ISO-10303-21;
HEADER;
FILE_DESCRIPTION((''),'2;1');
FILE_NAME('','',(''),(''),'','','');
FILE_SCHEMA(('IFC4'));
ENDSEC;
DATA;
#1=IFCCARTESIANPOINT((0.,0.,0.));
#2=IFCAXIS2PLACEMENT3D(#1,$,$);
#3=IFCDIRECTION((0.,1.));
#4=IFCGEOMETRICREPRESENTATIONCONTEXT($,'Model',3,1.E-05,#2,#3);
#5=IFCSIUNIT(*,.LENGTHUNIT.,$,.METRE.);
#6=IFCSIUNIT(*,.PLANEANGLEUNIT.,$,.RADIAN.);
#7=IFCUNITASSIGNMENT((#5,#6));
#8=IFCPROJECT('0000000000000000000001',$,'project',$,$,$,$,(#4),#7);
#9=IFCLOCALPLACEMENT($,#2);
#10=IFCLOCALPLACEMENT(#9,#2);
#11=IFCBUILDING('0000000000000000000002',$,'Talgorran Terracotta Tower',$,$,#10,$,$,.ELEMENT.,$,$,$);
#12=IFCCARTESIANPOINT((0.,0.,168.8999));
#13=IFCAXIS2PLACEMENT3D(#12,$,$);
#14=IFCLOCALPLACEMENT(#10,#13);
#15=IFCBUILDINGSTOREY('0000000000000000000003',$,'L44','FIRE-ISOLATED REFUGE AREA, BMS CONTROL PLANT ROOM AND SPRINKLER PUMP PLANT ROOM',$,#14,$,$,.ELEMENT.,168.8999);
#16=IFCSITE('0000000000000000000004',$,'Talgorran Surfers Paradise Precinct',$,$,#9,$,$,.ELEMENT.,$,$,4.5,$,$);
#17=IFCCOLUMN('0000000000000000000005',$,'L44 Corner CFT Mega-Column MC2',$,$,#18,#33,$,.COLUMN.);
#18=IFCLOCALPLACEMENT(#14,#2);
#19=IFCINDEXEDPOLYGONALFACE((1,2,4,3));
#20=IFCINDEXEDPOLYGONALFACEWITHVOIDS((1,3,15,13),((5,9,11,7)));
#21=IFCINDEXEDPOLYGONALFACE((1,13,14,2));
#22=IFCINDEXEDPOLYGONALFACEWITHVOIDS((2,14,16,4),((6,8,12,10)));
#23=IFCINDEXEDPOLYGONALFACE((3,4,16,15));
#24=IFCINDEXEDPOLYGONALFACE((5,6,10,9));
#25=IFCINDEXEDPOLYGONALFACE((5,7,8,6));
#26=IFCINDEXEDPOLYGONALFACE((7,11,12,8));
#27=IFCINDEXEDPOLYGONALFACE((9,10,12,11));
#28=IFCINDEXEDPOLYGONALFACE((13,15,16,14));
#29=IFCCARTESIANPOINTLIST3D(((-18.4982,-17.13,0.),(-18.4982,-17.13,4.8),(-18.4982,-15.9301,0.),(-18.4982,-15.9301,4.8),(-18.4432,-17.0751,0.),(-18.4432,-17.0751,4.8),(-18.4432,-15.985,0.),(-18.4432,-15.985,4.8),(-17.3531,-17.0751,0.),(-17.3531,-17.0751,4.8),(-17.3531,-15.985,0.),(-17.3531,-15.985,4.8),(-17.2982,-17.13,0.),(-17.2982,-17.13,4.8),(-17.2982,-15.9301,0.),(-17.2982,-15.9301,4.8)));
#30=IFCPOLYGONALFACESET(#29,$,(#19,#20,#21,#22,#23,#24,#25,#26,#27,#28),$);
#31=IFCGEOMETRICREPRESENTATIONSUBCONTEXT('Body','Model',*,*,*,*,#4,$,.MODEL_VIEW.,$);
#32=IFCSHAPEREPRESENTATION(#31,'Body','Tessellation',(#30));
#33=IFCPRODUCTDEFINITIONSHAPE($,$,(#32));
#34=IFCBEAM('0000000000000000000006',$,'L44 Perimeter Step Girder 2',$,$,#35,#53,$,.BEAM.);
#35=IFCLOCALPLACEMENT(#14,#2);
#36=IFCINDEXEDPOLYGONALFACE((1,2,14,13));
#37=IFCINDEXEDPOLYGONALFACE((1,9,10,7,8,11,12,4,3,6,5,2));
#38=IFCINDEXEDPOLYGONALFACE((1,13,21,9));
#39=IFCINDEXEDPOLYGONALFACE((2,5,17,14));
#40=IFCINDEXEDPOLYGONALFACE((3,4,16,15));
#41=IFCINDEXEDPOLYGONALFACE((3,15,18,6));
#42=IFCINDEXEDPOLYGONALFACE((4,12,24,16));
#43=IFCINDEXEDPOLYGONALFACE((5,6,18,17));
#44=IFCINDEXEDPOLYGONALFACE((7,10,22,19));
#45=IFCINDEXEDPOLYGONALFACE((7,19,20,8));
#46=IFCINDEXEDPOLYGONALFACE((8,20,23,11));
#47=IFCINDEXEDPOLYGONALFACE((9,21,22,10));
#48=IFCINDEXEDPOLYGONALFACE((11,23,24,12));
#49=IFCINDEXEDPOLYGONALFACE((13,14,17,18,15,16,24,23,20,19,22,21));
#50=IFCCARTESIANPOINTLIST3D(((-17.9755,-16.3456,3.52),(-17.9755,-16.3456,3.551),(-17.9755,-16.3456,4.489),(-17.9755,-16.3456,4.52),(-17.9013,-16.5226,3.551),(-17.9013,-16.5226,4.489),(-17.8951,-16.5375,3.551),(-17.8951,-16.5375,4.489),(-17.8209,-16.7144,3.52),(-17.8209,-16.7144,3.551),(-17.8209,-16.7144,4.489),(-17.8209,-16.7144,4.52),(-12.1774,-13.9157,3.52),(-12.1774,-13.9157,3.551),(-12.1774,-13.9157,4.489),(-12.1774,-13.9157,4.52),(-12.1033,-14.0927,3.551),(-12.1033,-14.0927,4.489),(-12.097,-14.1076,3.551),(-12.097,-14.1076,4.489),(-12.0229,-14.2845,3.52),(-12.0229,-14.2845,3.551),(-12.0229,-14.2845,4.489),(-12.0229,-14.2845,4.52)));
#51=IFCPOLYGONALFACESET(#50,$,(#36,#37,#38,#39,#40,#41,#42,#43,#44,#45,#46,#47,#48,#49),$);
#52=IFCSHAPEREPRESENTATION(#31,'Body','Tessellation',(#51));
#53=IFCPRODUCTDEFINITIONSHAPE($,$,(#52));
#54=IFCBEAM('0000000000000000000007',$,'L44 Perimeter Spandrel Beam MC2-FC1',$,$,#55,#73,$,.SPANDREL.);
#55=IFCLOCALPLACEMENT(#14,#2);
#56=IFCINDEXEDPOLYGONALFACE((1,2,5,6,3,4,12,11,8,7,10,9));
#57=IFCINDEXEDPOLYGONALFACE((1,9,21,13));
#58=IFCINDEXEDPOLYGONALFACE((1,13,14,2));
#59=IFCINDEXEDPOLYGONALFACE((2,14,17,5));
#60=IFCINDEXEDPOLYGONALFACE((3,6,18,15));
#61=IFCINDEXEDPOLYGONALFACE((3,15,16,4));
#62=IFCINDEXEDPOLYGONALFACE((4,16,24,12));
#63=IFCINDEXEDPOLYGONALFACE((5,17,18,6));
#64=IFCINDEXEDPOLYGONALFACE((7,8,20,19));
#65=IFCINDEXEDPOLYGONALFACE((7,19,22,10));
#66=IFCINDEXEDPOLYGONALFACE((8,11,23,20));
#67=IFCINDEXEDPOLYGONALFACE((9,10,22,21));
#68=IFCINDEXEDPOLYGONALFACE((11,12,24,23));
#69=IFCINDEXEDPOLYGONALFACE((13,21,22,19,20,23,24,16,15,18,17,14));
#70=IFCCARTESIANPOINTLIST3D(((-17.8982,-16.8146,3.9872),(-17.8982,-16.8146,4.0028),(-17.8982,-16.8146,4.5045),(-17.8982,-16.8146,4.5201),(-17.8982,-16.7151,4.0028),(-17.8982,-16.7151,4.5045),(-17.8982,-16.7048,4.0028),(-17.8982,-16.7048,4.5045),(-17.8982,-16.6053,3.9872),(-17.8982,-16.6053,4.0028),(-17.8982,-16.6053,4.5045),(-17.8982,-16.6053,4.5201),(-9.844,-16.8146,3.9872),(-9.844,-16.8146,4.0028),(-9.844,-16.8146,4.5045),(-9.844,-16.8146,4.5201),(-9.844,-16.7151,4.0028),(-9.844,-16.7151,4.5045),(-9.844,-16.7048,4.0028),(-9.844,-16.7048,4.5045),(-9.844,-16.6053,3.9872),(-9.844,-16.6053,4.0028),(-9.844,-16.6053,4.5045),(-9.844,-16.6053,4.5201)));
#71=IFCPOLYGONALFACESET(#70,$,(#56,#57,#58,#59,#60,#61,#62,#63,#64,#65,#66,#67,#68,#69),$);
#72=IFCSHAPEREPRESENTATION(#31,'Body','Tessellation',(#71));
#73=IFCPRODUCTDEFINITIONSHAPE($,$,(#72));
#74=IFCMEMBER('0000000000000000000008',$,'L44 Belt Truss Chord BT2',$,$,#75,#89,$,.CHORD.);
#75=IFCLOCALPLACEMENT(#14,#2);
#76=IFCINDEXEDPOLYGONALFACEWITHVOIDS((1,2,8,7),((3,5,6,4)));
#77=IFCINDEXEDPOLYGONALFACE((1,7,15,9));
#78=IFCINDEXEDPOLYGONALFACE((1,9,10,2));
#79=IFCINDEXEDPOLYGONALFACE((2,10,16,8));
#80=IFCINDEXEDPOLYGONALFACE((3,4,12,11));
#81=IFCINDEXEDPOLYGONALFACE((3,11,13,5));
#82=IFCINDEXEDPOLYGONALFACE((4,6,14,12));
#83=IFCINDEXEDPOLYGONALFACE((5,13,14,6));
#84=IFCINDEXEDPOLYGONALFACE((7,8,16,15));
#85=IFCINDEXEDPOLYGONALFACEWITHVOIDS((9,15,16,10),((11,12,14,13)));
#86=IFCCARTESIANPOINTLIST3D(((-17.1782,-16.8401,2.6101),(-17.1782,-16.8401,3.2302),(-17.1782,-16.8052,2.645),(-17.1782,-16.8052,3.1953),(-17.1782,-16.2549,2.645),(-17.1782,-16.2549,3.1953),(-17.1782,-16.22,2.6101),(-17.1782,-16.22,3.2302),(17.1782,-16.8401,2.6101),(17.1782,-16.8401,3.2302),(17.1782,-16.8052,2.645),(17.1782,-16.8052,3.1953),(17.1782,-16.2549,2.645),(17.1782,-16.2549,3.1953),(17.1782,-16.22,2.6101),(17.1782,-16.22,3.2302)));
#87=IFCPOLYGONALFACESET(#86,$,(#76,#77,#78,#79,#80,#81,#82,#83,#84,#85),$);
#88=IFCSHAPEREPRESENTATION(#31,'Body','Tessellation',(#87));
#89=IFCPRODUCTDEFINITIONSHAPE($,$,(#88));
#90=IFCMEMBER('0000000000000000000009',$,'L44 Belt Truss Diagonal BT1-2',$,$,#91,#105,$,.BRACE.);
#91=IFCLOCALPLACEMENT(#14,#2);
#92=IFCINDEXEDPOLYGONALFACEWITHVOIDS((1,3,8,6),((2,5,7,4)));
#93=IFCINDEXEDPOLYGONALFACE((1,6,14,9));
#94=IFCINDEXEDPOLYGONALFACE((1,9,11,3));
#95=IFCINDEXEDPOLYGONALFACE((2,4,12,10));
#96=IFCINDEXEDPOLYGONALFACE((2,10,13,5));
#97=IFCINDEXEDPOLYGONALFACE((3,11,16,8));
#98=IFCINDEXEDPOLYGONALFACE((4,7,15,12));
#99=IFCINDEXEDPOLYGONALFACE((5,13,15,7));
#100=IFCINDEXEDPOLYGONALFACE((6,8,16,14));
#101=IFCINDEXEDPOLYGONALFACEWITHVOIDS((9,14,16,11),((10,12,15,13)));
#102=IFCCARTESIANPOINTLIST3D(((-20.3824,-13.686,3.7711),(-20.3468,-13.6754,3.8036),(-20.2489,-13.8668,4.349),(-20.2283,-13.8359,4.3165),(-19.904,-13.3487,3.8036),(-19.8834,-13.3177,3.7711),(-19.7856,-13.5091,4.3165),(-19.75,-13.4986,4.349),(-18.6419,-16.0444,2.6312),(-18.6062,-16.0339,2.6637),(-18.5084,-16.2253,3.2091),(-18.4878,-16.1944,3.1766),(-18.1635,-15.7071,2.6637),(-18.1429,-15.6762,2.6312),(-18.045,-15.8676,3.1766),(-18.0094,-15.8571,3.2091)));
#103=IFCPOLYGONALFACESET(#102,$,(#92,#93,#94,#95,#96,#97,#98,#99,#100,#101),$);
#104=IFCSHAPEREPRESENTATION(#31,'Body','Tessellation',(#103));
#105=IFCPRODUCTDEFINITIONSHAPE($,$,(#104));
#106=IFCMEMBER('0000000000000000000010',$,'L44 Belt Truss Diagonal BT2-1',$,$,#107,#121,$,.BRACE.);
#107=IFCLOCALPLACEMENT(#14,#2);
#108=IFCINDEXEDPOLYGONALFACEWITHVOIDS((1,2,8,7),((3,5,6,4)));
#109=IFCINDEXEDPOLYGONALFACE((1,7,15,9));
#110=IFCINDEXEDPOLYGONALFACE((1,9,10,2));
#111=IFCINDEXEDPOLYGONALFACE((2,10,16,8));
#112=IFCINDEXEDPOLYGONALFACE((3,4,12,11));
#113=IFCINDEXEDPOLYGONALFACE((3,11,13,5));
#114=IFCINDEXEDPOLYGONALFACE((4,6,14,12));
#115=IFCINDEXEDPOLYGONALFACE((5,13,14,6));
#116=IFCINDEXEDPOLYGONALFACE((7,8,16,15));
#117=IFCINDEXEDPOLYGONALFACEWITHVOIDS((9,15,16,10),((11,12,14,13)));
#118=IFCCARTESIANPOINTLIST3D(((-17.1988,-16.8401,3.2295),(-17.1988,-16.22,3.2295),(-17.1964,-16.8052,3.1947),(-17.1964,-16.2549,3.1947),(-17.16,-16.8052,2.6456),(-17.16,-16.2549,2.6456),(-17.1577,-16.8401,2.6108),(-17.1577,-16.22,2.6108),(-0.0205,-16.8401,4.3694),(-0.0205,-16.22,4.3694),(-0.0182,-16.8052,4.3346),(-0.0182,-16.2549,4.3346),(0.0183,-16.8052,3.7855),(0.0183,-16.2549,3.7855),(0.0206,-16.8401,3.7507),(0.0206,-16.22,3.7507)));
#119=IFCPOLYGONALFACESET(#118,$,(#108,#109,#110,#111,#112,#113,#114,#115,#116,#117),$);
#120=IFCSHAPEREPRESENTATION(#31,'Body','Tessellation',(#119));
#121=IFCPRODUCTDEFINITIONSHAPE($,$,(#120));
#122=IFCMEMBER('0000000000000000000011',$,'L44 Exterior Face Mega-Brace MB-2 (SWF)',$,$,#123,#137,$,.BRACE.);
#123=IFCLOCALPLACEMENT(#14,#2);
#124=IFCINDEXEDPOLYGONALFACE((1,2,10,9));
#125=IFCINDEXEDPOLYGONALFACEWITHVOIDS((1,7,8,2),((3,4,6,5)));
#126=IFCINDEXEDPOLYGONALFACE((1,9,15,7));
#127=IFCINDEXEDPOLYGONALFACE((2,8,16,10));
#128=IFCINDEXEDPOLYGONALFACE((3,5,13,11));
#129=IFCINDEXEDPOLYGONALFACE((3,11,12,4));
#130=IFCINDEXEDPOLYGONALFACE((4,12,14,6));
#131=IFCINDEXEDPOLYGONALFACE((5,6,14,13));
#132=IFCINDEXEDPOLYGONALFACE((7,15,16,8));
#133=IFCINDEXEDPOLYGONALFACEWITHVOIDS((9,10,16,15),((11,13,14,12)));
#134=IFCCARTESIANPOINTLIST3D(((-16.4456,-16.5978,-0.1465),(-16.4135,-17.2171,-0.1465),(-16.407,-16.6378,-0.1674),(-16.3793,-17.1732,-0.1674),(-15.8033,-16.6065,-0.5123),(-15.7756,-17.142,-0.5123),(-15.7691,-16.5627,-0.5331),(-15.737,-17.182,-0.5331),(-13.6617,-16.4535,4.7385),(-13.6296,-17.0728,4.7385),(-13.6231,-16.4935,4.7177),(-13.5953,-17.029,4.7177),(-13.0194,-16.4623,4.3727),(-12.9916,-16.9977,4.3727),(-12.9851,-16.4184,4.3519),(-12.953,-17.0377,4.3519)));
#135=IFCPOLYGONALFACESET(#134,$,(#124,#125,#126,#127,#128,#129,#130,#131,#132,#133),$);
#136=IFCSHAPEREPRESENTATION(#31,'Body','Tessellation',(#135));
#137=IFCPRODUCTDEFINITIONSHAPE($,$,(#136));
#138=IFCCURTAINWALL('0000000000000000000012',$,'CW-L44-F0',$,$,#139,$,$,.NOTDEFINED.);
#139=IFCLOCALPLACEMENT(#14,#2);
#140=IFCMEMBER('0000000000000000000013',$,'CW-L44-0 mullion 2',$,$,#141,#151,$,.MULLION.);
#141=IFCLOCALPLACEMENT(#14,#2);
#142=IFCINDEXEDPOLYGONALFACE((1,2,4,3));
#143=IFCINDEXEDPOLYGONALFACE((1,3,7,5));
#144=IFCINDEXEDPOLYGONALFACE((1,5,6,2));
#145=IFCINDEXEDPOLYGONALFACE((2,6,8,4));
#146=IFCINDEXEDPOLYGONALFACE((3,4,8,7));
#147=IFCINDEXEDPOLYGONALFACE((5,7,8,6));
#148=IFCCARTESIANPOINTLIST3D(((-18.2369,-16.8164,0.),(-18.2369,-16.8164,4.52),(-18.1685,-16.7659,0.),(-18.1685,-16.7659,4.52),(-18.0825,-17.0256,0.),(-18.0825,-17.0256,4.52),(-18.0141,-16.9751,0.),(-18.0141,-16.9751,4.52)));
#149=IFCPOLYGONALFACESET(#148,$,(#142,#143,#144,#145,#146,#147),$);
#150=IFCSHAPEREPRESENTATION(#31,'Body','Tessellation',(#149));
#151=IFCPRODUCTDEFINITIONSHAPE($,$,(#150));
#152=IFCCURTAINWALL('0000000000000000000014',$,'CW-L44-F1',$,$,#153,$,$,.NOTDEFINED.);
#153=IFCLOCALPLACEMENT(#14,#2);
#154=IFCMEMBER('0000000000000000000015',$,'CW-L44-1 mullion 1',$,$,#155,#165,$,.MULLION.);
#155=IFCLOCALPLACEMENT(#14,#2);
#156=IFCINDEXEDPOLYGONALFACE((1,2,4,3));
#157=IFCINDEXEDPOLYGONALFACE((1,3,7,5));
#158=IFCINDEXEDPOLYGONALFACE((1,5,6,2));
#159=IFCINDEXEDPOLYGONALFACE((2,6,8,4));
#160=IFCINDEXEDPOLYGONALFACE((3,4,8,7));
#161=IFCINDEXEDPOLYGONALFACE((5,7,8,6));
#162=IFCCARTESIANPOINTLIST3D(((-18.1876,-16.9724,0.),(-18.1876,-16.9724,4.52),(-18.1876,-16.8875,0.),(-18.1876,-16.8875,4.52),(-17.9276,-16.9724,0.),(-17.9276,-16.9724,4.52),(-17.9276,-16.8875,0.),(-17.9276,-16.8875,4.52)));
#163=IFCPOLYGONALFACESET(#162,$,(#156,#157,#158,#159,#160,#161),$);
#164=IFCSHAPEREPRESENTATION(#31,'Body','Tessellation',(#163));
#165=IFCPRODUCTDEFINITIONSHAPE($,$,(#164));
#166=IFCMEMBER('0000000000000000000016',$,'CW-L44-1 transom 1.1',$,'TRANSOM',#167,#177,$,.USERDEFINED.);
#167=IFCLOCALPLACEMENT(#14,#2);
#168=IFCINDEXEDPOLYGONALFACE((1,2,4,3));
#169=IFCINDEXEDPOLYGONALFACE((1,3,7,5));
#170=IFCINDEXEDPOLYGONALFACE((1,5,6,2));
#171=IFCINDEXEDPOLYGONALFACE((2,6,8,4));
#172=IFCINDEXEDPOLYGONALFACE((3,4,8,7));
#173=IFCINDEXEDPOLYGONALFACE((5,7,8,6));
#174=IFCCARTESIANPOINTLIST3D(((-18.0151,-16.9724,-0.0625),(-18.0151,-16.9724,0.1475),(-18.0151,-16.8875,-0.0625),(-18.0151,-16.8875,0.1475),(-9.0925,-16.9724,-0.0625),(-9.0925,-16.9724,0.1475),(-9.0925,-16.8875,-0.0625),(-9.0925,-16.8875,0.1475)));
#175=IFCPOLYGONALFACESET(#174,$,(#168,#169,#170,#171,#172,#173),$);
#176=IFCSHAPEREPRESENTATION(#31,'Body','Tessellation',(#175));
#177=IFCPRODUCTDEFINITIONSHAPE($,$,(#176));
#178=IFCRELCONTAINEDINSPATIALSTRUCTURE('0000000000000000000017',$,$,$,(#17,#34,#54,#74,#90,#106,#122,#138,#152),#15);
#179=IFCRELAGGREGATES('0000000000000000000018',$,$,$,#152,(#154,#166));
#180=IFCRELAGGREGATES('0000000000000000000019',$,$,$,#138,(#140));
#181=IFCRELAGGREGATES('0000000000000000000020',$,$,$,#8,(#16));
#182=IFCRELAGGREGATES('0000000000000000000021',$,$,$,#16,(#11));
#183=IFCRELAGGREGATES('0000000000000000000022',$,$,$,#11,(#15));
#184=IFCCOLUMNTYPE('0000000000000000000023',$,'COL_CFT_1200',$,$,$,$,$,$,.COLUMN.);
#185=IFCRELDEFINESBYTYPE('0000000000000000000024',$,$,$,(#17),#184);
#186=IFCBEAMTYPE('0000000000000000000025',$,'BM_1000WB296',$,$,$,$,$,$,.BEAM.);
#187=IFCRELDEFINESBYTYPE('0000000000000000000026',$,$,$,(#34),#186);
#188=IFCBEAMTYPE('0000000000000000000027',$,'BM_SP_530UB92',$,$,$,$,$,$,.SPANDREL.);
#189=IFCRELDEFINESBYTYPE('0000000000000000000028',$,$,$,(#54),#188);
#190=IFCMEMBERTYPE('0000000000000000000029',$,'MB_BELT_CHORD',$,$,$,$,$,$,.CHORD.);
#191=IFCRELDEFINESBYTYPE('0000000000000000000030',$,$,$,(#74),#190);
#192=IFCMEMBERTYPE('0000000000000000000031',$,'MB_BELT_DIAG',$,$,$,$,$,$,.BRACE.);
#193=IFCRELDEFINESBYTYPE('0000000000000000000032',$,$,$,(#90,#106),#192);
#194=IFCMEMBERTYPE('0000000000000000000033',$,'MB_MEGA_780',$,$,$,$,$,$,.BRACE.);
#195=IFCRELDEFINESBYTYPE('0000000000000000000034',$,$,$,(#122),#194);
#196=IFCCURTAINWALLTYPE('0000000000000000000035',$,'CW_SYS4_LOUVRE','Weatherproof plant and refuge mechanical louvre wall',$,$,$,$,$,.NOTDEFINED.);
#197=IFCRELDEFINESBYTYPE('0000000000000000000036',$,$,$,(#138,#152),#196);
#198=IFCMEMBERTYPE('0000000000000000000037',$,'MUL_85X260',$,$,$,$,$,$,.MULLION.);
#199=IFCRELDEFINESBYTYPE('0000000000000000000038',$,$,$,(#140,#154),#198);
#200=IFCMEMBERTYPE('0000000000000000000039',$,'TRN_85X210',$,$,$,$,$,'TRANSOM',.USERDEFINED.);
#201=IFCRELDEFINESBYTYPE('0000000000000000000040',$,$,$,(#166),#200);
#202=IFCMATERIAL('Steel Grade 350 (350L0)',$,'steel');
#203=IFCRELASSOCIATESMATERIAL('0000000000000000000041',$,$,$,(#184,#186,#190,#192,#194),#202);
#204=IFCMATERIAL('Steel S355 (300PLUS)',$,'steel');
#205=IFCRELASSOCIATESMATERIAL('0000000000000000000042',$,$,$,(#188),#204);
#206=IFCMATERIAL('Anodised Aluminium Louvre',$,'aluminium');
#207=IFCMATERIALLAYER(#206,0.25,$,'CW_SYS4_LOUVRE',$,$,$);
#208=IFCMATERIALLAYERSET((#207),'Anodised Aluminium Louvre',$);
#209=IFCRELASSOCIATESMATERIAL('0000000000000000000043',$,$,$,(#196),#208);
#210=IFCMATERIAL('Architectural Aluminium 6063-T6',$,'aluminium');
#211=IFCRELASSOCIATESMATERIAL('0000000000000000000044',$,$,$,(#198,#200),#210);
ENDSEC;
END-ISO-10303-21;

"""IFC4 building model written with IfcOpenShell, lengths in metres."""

from ifc_helpers import new_model, si_unit, direction, frame, origin, origin_2d, place, context, subcontext, project, spatial, rectangle, hollow_rectangle, i_section, extrude, material, layer, layer_set, material_profile, profile_set, type_object, element, aggregate, save


model = new_model("IFC4")

# Units and contexts
model_context = context("Model", 3, precision=1e-05, world=origin(), true_north=direction((0.0, 1.0)))
body_context = subcontext(model_context, "Body", "Model", "MODEL_VIEW")
ifc_project = project(units=[si_unit("LENGTHUNIT", "METRE"), si_unit("PLANEANGLEUNIT", "RADIAN")], contexts=[model_context])

# Site, building, storey
site_placement = place(None, origin())
site = spatial("IfcSite", under=ifc_project, at=site_placement, Name="Talgorran Surfers Paradise Precinct", CompositionType="ELEMENT", RefElevation=4.5)
building_placement = place(site_placement, origin())
building = spatial("IfcBuilding", under=site, at=building_placement, Name="Talgorran Terracotta Tower", CompositionType="ELEMENT")
storey_placement = place(building_placement, frame((0.0, 0.0, 168.8999)))
storey = spatial("IfcBuildingStorey", under=building, at=storey_placement, Name="L44", Description="FIRE-ISOLATED REFUGE AREA, BMS CONTROL PLANT ROOM AND SPRINKLER PUMP PLANT ROOM", CompositionType="ELEMENT", Elevation=168.8999)

# Column
ifc_material_1 = material(Name="Steel Grade 350 (350L0)", Category="steel")
ifc_material_profile_1 = material_profile(ifc_material_1, hollow_rectangle(XDim=1.2, YDim=1.2, WallThickness=0.0549, at=origin_2d()), Name="CFT1200X1200X55")
ifc_profile_set_1 = profile_set([ifc_material_profile_1], Name="Steel Grade 350 (350L0)")
column_type = type_object("IfcColumnType", Name="COL_CFT_1200", PredefinedType="COLUMN", material=ifc_profile_set_1)
column_placement = place(storey_placement, frame((-17.8982, -16.53, 0.0), z_axis=(0.0, 0.0, 1.0), x_axis=(1.0, 0.0, 0.0)))
element("IfcColumn", 1, at=column_placement, inside=storey, type_object=column_type, Name="L44 Corner CFT Mega-Column MC2", PredefinedType="COLUMN", context=body_context, shape_type="SweptSolid", body=[
    extrude(hollow_rectangle(XDim=1.2, YDim=1.2, WallThickness=0.0549, at=origin_2d()), origin(), (0.0, 0.0, 1.0), 4.8),
])

# Beams
ifc_material_profile_2 = material_profile(ifc_material_1, i_section(OverallWidth=0.3999, OverallDepth=1.0, WebThickness=0.0161, FlangeThickness=0.031, at=origin_2d()), Name="1000WB296")
ifc_profile_set_2 = profile_set([ifc_material_profile_2], Name="Steel Grade 350 (350L0)")
beam_type_1 = type_object("IfcBeamType", Name="BM_1000WB296", PredefinedType="BEAM", material=ifc_profile_set_2)
beam_1_placement = place(storey_placement, frame((-17.8982, -16.53, 4.02), z_axis=(0.922281, 0.38652, 0.0), x_axis=(-0.38652, 0.922281, 0.0)))
element("IfcBeam", 2, at=beam_1_placement, inside=storey, type_object=beam_type_1, Name="L44 Perimeter Step Girder 2", PredefinedType="BEAM", context=body_context, shape_type="SweptSolid", body=[
    extrude(i_section(OverallWidth=0.3999, OverallDepth=1.0, WebThickness=0.0161, FlangeThickness=0.031, at=origin_2d()), origin(), (0.0, 0.0, 1.0), 6.2866),
])
ifc_material_2 = material(Name="Steel S355 (300PLUS)", Category="steel")
ifc_material_profile_3 = material_profile(ifc_material_2, i_section(OverallWidth=0.2092, OverallDepth=0.533, WebThickness=0.0103, FlangeThickness=0.0156, at=origin_2d()), Name="530UB92.4")
ifc_profile_set_3 = profile_set([ifc_material_profile_3], Name="Steel S355 (300PLUS)")
beam_type_2 = type_object("IfcBeamType", Name="BM_SP_530UB92", PredefinedType="SPANDREL", material=ifc_profile_set_3)
beam_2_placement = place(storey_placement, frame((-17.8982, -16.71, 4.2537), z_axis=(1.0, 0.0, 0.0), x_axis=(0.0, 1.0, 0.0)))
element("IfcBeam", 3, at=beam_2_placement, inside=storey, type_object=beam_type_2, Name="L44 Perimeter Spandrel Beam MC2-FC1", PredefinedType="SPANDREL", context=body_context, shape_type="SweptSolid", body=[
    extrude(i_section(OverallWidth=0.2092, OverallDepth=0.533, WebThickness=0.0103, FlangeThickness=0.0156, at=origin_2d()), origin(), (0.0, 0.0, 1.0), 8.0542),
])

# Members
ifc_material_profile_4 = material_profile(ifc_material_1, hollow_rectangle(XDim=0.6201, YDim=0.6201, WallThickness=0.0349, at=origin_2d()), Name="WBOX620X620X35")
ifc_profile_set_4 = profile_set([ifc_material_profile_4], Name="Steel Grade 350 (350L0)")
member_type_1 = type_object("IfcMemberType", Name="MB_BELT_CHORD", PredefinedType="CHORD", material=ifc_profile_set_4)
member_1_placement = place(storey_placement, frame((-17.1782, -16.53, 2.9202), z_axis=(1.0, 0.0, 0.0), x_axis=(0.0, 1.0, 0.0)))
element("IfcMember", 4, at=member_1_placement, inside=storey, type_object=member_type_1, Name="L44 Belt Truss Chord BT2", PredefinedType="CHORD", context=body_context, shape_type="SweptSolid", body=[
    extrude(hollow_rectangle(XDim=0.6201, YDim=0.6201, WallThickness=0.0349, at=origin_2d()), origin(), (0.0, 0.0, 1.0), 34.3564),
])
ifc_material_profile_5 = material_profile(ifc_material_1, hollow_rectangle(XDim=0.6201, YDim=0.6201, WallThickness=0.0349, at=origin_2d()), Name="WBOX620X620X35")
ifc_profile_set_5 = profile_set([ifc_material_profile_5], Name="Steel Grade 350 (350L0)")
member_type_2 = type_object("IfcMemberType", Name="MB_BELT_DIAG", PredefinedType="BRACE", material=ifc_profile_set_5)
member_2_placement = place(storey_placement, frame((-20.0662, -13.5923, 4.0601), z_axis=(0.553421, -0.749902, -0.362453), x_axis=(0.804614, 0.593798, 0.0)))
element("IfcMember", 5, at=member_2_placement, inside=storey, type_object=member_type_2, Name="L44 Belt Truss Diagonal BT1-2", PredefinedType="BRACE", context=body_context, shape_type="SweptSolid", body=[
    extrude(hollow_rectangle(XDim=0.6201, YDim=0.6201, WallThickness=0.0349, at=origin_2d()), origin(), (0.0, 0.0, 1.0), 3.145),
])
member_3_placement = place(storey_placement, frame((-17.1782, -16.53, 2.9202), z_axis=(0.997806, 0.0, 0.066211), x_axis=(0.0, 1.0, 0.0)))
element("IfcMember", 6, at=member_3_placement, inside=storey, type_object=member_type_2, Name="L44 Belt Truss Diagonal BT2-1", PredefinedType="BRACE", context=body_context, shape_type="SweptSolid", body=[
    extrude(hollow_rectangle(XDim=0.6201, YDim=0.6201, WallThickness=0.0349, at=origin_2d()), origin(), (0.0, 0.0, 1.0), 17.2161),
])
ifc_material_profile_6 = material_profile(ifc_material_1, hollow_rectangle(XDim=0.6201, YDim=0.78, WallThickness=0.042, at=origin_2d()), Name="WBOX780X620X42")
ifc_profile_set_6 = profile_set([ifc_material_profile_6], Name="Steel Grade 350 (350L0)")
member_type_3 = type_object("IfcMemberType", Name="MB_MEGA_780", PredefinedType="BRACE", material=ifc_profile_set_6)
member_4_placement = place(storey_placement, frame((-16.0913, -16.8899, -0.3398), z_axis=(0.49497, 0.025654, 0.868531), x_axis=(-0.051759, 0.99866, 0.0)))
element("IfcMember", 7, at=member_4_placement, inside=storey, type_object=member_type_3, Name="L44 Exterior Face Mega-Brace MB-2 (SWF)", PredefinedType="BRACE", context=body_context, shape_type="SweptSolid", body=[
    extrude(hollow_rectangle(XDim=0.6201, YDim=0.78, WallThickness=0.042, at=origin_2d()), origin(), (0.0, 0.0, 1.0), 5.6245),
])

# Curtain wall, member
ifc_material_3 = material(Name="Anodised Aluminium Louvre", Category="aluminium")
ifc_layer_1 = layer(ifc_material_3, 0.25, Name="CW_SYS4_LOUVRE")
ifc_layer_set_1 = layer_set([ifc_layer_1], Name="Anodised Aluminium Louvre")
curtain_wall_type = type_object("IfcCurtainWallType", Name="CW_SYS4_LOUVRE", Description="Weatherproof plant and refuge mechanical louvre wall", PredefinedType="NOTDEFINED", material=ifc_layer_set_1)
curtain_wall_1_placement = place(storey_placement, origin())
curtain_wall_1 = element("IfcCurtainWall", 8, at=curtain_wall_1_placement, inside=storey, type_object=curtain_wall_type, Name="CW-L44-F0", PredefinedType="NOTDEFINED")
ifc_material_4 = material(Name="Architectural Aluminium 6063-T6", Category="aluminium")
ifc_material_profile_7 = material_profile(ifc_material_4, rectangle(XDim=0.085, YDim=0.26, at=origin_2d()), Name="CWM85X260")
ifc_profile_set_7 = profile_set([ifc_material_profile_7], Name="Architectural Aluminium 6063-T6")
member_type_4 = type_object("IfcMemberType", Name="MUL_85X260", PredefinedType="MULLION", material=ifc_profile_set_7)
member_5_placement = place(storey_placement, frame((-18.1255, -16.8958, 0.0), z_axis=(0.0, 0.0, 1.0), x_axis=(0.80462, 0.593791, 0.0)))
member_5 = element("IfcMember", 9, at=member_5_placement, type_object=member_type_4, Name="CW-L44-0 mullion 2", PredefinedType="MULLION", context=body_context, shape_type="SweptSolid", body=[
    extrude(rectangle(XDim=0.085, YDim=0.26, at=origin_2d()), origin(), (0.0, 0.0, 1.0), 4.52),
])

# Curtain wall, members
curtain_wall_2_placement = place(storey_placement, origin())
curtain_wall_2 = element("IfcCurtainWall", 10, at=curtain_wall_2_placement, inside=storey, type_object=curtain_wall_type, Name="CW-L44-F1", PredefinedType="NOTDEFINED")
member_6_placement = place(storey_placement, frame((-18.0576, -16.9299, 0.0), z_axis=(0.0, 0.0, 1.0), x_axis=(0.0, 1.0, 0.0)))
member_6 = element("IfcMember", 11, at=member_6_placement, type_object=member_type_4, Name="CW-L44-1 mullion 1", PredefinedType="MULLION", context=body_context, shape_type="SweptSolid", body=[
    extrude(rectangle(XDim=0.085, YDim=0.26, at=origin_2d()), origin(), (0.0, 0.0, 1.0), 4.52),
])
ifc_material_profile_8 = material_profile(ifc_material_4, rectangle(XDim=0.085, YDim=0.21, at=origin_2d()), Name="CWT85X210")
ifc_profile_set_8 = profile_set([ifc_material_profile_8], Name="Architectural Aluminium 6063-T6")
member_type_5 = type_object("IfcMemberType", Name="TRN_85X210", ElementType="TRANSOM", PredefinedType="USERDEFINED", material=ifc_profile_set_8)
member_7_placement = place(storey_placement, frame((-18.0151, -16.9299, 0.0425), z_axis=(1.0, 0.0, 0.0), x_axis=(0.0, 1.0, 0.0)))
member_7 = element("IfcMember", 12, at=member_7_placement, type_object=member_type_5, Name="CW-L44-1 transom 1.1", ObjectType="TRANSOM", PredefinedType="USERDEFINED", context=body_context, shape_type="SweptSolid", body=[
    extrude(rectangle(XDim=0.085, YDim=0.21, at=origin_2d()), origin(), (0.0, 0.0, 1.0), 8.9226),
])
aggregate(curtain_wall_2, [member_6, member_7])

aggregate(curtain_wall_1, [member_5])

save(model, "model.ifc")
